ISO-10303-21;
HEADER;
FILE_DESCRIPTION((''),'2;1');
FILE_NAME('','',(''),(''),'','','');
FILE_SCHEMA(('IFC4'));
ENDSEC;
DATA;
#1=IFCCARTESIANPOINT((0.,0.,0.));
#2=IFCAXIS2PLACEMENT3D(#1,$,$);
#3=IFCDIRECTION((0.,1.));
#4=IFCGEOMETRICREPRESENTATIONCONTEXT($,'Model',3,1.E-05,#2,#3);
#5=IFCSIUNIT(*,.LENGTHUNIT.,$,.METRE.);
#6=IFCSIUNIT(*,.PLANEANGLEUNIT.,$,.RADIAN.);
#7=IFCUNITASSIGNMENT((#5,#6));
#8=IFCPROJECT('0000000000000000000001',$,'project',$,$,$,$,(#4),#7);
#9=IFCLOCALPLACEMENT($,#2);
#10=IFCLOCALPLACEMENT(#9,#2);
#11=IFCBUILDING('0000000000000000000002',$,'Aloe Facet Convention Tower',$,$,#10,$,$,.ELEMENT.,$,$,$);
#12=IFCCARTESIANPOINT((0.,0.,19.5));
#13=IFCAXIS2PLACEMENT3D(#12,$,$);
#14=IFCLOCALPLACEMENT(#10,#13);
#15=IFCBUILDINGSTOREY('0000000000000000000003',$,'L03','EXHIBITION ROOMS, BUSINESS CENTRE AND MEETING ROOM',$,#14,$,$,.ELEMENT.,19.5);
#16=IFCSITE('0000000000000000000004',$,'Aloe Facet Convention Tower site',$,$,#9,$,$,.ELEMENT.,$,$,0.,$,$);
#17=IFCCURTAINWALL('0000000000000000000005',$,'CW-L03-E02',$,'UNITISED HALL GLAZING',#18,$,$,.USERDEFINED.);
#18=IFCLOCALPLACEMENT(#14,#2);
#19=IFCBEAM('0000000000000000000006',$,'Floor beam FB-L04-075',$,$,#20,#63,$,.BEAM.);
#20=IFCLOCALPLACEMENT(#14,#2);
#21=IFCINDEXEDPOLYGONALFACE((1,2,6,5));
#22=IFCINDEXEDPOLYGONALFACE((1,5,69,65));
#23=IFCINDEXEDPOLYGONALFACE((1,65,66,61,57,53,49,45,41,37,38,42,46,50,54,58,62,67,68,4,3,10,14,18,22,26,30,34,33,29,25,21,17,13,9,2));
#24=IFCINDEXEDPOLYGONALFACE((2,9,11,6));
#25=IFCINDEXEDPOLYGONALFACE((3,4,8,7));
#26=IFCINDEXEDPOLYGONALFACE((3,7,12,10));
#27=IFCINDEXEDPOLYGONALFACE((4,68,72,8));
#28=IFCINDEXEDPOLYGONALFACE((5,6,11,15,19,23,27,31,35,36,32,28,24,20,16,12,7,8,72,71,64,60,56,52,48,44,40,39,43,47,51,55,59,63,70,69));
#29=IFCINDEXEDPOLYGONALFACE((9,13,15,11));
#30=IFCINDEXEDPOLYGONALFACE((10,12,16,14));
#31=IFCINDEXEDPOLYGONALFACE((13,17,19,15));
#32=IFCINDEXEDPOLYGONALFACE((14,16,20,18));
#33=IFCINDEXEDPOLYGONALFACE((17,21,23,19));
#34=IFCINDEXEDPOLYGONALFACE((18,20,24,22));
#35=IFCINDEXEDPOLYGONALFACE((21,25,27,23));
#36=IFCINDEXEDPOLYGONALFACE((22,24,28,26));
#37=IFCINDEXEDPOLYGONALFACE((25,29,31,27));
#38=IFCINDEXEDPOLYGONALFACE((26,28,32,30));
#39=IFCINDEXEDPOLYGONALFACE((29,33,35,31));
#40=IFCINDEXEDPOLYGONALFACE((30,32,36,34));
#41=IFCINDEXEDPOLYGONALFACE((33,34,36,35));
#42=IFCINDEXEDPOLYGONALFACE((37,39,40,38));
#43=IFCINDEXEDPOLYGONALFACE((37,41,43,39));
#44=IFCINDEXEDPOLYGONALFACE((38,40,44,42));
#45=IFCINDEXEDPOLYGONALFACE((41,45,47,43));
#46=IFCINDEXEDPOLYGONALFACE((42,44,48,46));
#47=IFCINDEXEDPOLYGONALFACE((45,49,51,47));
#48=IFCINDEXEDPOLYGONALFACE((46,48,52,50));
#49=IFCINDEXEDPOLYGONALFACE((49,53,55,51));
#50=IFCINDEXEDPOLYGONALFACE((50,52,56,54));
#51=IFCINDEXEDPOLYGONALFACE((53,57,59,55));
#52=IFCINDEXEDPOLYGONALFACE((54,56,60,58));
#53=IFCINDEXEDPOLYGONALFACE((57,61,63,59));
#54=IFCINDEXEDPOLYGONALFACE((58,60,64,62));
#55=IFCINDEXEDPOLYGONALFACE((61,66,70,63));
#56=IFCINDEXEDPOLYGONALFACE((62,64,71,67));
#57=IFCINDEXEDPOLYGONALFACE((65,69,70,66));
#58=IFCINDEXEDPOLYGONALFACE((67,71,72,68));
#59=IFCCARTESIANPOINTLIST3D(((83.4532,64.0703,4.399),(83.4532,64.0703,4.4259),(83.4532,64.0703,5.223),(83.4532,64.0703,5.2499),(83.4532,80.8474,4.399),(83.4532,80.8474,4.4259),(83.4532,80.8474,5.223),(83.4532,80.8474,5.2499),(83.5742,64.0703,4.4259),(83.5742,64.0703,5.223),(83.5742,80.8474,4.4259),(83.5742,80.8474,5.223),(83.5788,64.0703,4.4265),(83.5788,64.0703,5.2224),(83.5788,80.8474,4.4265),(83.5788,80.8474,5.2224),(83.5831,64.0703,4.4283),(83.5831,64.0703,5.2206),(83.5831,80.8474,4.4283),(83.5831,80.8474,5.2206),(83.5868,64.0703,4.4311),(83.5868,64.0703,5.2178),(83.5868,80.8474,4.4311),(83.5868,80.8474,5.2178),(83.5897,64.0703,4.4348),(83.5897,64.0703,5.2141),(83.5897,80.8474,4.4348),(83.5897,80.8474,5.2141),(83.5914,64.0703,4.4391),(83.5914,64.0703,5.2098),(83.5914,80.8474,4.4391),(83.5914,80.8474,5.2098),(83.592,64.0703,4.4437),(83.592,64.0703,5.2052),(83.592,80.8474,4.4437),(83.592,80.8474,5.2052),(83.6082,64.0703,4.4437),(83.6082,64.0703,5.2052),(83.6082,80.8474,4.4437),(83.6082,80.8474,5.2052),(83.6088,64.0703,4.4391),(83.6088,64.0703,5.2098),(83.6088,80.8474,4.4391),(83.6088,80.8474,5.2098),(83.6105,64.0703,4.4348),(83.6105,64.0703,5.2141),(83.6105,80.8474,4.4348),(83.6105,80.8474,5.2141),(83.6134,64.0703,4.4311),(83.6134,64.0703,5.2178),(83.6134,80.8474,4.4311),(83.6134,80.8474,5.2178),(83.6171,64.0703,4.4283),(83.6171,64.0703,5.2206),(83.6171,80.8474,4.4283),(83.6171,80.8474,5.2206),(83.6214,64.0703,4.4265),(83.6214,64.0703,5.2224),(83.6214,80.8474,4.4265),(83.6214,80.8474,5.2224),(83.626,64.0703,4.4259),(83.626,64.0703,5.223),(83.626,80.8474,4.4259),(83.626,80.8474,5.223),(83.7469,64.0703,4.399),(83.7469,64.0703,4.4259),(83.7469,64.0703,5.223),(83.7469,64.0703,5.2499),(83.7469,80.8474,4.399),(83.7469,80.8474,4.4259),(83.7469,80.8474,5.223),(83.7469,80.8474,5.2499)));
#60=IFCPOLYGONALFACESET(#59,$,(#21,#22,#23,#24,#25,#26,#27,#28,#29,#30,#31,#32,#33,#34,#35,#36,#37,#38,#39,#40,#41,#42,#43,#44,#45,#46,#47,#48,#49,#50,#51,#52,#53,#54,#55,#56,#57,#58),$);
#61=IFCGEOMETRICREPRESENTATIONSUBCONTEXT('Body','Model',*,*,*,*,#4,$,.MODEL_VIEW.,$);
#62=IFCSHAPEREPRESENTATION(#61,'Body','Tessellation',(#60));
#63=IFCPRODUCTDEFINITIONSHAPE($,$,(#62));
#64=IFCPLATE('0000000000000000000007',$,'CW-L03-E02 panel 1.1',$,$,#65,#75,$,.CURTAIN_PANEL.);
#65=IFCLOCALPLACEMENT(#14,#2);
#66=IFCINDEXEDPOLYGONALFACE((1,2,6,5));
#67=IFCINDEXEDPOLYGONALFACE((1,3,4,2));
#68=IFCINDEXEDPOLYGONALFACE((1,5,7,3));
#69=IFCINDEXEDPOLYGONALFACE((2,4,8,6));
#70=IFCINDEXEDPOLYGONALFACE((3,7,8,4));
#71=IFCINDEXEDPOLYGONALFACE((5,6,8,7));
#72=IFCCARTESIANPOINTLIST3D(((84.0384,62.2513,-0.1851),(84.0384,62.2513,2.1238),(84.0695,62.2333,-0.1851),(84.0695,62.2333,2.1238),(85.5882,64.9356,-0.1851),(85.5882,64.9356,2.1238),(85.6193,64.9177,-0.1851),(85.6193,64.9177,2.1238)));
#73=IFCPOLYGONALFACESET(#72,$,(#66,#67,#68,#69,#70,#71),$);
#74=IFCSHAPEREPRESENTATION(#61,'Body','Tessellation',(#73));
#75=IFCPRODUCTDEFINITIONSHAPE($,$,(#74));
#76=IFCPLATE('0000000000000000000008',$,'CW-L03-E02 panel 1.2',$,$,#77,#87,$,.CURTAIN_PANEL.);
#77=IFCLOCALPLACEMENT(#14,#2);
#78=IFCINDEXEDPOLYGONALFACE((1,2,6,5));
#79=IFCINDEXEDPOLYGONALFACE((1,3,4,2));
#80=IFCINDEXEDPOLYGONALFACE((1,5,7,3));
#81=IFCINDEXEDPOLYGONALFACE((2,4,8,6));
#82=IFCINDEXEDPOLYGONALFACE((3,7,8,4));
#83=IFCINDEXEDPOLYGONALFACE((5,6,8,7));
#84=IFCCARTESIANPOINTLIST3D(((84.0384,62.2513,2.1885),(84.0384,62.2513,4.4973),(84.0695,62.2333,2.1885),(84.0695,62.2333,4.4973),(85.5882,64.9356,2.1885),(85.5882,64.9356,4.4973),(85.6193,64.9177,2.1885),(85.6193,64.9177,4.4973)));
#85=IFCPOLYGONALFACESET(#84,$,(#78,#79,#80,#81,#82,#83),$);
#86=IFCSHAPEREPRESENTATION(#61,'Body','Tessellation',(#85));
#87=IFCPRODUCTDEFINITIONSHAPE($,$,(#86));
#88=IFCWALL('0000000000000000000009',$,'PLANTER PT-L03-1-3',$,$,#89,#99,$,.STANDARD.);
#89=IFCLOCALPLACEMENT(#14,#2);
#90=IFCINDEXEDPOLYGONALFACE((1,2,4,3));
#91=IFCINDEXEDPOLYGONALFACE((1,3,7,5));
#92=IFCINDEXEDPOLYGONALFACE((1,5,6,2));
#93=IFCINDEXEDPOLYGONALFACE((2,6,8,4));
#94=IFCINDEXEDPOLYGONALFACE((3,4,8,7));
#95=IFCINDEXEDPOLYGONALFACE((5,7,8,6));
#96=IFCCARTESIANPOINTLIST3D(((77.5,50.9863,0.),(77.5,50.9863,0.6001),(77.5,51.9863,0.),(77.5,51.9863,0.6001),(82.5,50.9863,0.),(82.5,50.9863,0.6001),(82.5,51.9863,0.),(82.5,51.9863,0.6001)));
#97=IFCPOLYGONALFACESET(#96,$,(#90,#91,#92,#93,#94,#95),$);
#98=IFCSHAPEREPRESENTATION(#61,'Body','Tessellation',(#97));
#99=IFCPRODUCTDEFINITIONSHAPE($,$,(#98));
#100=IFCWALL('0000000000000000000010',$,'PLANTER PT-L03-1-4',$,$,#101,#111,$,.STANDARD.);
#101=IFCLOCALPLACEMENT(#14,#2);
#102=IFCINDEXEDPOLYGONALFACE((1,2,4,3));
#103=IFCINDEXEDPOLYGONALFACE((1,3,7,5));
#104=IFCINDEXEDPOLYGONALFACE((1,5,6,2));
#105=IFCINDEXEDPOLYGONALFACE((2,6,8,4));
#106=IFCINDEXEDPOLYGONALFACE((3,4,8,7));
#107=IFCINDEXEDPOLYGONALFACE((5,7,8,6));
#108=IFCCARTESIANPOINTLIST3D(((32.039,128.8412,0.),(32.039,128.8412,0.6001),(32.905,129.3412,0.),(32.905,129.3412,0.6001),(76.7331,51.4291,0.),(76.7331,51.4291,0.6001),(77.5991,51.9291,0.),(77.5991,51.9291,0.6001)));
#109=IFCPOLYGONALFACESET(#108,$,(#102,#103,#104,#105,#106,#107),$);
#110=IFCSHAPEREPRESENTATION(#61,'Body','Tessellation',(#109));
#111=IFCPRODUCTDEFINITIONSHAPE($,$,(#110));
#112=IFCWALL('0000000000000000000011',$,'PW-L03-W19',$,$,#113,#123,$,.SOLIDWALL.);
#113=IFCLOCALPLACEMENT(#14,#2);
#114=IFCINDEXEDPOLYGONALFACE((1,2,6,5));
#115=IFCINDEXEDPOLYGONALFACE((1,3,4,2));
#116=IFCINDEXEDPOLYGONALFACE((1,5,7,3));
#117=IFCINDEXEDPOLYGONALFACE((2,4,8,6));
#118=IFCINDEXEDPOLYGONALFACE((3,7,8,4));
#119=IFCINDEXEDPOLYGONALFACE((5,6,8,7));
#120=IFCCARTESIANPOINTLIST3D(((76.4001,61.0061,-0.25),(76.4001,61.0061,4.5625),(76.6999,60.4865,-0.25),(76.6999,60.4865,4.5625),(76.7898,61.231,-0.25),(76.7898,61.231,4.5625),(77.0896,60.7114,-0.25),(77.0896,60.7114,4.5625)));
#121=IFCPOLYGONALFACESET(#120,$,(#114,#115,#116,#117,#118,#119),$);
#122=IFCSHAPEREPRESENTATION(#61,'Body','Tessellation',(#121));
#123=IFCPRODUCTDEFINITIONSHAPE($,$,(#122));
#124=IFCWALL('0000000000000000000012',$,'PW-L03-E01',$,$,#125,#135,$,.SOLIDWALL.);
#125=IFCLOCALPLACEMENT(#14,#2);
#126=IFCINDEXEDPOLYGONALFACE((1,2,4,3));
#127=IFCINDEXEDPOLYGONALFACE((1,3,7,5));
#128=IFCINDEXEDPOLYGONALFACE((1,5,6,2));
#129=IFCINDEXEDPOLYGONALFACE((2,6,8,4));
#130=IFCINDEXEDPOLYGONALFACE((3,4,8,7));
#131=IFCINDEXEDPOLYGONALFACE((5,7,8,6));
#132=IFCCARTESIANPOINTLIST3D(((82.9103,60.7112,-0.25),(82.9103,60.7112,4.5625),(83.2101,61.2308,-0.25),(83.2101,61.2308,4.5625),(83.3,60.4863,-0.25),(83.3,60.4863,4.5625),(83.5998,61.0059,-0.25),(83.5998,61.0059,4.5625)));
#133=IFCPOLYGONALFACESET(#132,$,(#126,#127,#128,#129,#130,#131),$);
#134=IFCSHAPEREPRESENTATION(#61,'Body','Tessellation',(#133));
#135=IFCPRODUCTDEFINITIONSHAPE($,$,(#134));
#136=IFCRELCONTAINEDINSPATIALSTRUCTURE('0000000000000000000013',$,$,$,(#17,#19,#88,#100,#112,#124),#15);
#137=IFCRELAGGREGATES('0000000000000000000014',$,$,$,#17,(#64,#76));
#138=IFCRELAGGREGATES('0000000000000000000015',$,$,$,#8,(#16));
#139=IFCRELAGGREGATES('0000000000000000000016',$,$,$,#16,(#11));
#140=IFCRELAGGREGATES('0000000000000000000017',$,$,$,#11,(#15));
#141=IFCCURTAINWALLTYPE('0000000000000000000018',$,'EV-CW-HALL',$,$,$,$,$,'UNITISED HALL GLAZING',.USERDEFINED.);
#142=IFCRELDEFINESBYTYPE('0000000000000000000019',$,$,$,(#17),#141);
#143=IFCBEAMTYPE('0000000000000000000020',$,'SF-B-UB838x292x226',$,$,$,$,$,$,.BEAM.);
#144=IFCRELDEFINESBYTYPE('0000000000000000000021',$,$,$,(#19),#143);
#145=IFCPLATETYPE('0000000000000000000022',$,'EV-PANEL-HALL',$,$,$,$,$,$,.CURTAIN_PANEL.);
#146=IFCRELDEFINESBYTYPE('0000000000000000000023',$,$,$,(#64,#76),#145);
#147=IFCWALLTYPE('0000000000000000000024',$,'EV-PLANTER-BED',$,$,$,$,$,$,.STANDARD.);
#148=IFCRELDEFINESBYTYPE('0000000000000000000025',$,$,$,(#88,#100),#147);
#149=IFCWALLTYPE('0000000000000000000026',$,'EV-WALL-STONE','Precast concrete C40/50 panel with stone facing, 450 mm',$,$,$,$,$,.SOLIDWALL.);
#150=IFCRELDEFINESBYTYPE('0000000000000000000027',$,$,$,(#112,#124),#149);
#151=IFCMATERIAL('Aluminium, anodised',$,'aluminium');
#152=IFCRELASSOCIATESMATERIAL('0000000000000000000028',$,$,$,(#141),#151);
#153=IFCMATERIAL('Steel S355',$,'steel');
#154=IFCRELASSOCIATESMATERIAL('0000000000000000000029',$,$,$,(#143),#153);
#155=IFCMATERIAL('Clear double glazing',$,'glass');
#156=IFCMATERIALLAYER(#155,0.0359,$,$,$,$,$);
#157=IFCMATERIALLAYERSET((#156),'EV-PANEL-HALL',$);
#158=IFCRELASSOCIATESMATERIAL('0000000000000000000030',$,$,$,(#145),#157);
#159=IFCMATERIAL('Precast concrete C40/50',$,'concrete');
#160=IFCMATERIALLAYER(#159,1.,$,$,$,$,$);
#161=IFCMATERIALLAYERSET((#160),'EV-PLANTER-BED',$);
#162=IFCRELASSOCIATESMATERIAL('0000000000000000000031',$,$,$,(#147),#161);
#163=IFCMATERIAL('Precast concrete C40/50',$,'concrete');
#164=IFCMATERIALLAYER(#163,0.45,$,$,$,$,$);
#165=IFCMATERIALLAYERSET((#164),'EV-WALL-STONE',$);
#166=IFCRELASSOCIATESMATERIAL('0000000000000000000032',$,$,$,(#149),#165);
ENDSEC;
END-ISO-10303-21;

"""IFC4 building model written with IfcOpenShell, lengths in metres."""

from ifc_helpers import new_model, si_unit, direction, frame, frame_2d, origin, origin_2d, place, context, subcontext, project, spatial, rectangle, i_section, extrude, material, layer, layer_set, material_profile, profile_set, type_object, element, aggregate, save


model = new_model("IFC4")

# Units and contexts
model_context = context("Model", 3, precision=1e-05, world=origin(), true_north=direction((0.0, 1.0)))
body_context = subcontext(model_context, "Body", "Model", "MODEL_VIEW")
ifc_project = project(units=[si_unit("LENGTHUNIT", "METRE"), si_unit("PLANEANGLEUNIT", "RADIAN")], contexts=[model_context])

# Site, building, storey
site_placement = place(None, origin())
site = spatial("IfcSite", under=ifc_project, at=site_placement, Name="Aloe Facet Convention Tower site", CompositionType="ELEMENT", RefElevation=0.0)
building_placement = place(site_placement, origin())
building = spatial("IfcBuilding", under=site, at=building_placement, Name="Aloe Facet Convention Tower", CompositionType="ELEMENT")
storey_placement = place(building_placement, frame((0.0, 0.0, 19.5)))
storey = spatial("IfcBuildingStorey", under=building, at=storey_placement, Name="L03", Description="EXHIBITION ROOMS, BUSINESS CENTRE AND MEETING ROOM", CompositionType="ELEMENT", Elevation=19.5)

# Curtain wall
ifc_material_1 = material(Name="Aluminium, anodised", Category="aluminium")
curtain_wall_type = type_object("IfcCurtainWallType", Name="EV-CW-HALL", ElementType="UNITISED HALL GLAZING", PredefinedType="USERDEFINED", material=ifc_material_1)
curtain_wall_placement = place(storey_placement, origin())
curtain_wall = element("IfcCurtainWall", 1, at=curtain_wall_placement, inside=storey, type_object=curtain_wall_type, Name="CW-L03-E02", ObjectType="UNITISED HALL GLAZING", PredefinedType="USERDEFINED")

# Beam
ifc_material_2 = material(Name="Steel S355", Category="steel")
ifc_material_profile_1 = material_profile(ifc_material_2, i_section(OverallWidth=0.2937, OverallDepth=0.8508, WebThickness=0.0161, FlangeThickness=0.0269, FilletRadius=0.0178, at=origin_2d()), Name="UB 838x292x226")
ifc_profile_set_1 = profile_set([ifc_material_profile_1], Name="Steel S355")
beam_type_1 = type_object("IfcBeamType", Name="SF-B-UB838x292x226", PredefinedType="BEAM", material=ifc_profile_set_1)
beam_1_placement = place(storey_placement, frame((83.6001, 64.0703, 4.8245), z_axis=(0.0, 1.0, 0.0), x_axis=(-1.0, 0.0, 0.0)))
element("IfcBeam", 2, at=beam_1_placement, inside=storey, type_object=beam_type_1, Name="Floor beam FB-L04-075", PredefinedType="BEAM", context=body_context, shape_type="SweptSolid", body=[
    extrude(i_section(OverallWidth=0.2937, OverallDepth=0.8508, WebThickness=0.0161, FlangeThickness=0.0269, FilletRadius=0.0178, at=origin_2d()), origin(), (0.0, 0.0, 1.0), 16.7771),
])

# Plates
ifc_material_3 = material(Name="Clear double glazing", Category="glass")
ifc_layer_1 = layer(ifc_material_3, 0.0359)
ifc_layer_set_1 = layer_set([ifc_layer_1], Name="EV-PANEL-HALL")
plate_type = type_object("IfcPlateType", Name="EV-PANEL-HALL", PredefinedType="CURTAIN_PANEL", material=ifc_layer_set_1)
plate_1_placement = place(storey_placement, frame((84.8289, 63.5845, -0.1851), z_axis=(0.0, 0.0, 1.0), x_axis=(0.5, 0.866025, 0.0)))
plate_1 = element("IfcPlate", 3, at=plate_1_placement, type_object=plate_type, Name="CW-L03-E02 panel 1.1", PredefinedType="CURTAIN_PANEL", context=body_context, shape_type="SweptSolid", body=[
    extrude(rectangle(XDim=3.0996, YDim=0.0359, at=origin_2d()), origin(), (0.0, 0.0, 1.0), 2.3088),
])
plate_2_placement = place(storey_placement, frame((84.8289, 63.5845, 2.1885), z_axis=(0.0, 0.0, 1.0), x_axis=(0.5, 0.866025, 0.0)))
plate_2 = element("IfcPlate", 4, at=plate_2_placement, type_object=plate_type, Name="CW-L03-E02 panel 1.2", PredefinedType="CURTAIN_PANEL", context=body_context, shape_type="SweptSolid", body=[
    extrude(rectangle(XDim=3.0996, YDim=0.0359, at=origin_2d()), origin(), (0.0, 0.0, 1.0), 2.3088),
])
aggregate(curtain_wall, [plate_1, plate_2])

# Walls
ifc_material_4 = material(Name="Precast concrete C40/50", Category="concrete")
ifc_layer_2 = layer(ifc_material_4, 1.0)
ifc_layer_set_2 = layer_set([ifc_layer_2], Name="EV-PLANTER-BED")
wall_type_1 = type_object("IfcWallType", Name="EV-PLANTER-BED", PredefinedType="STANDARD", material=ifc_layer_set_2)
wall_1_placement = place(storey_placement, frame((82.5, 51.4863, 0.0), z_axis=(0.0, 0.0, 1.0), x_axis=(-1.0, 0.0, 0.0)))
element("IfcWall", 5, at=wall_1_placement, inside=storey, type_object=wall_type_1, Name="PLANTER PT-L03-1-3", PredefinedType="STANDARD", context=body_context, shape_type="SweptSolid", body=[
    extrude(rectangle(XDim=5.0, YDim=1.0, at=frame_2d((2.5, 0.0))), origin(), (0.0, 0.0, 1.0), 0.6001),
])
wall_2_placement = place(storey_placement, frame((77.166, 51.6792, 0.0), z_axis=(0.0, 0.0, 1.0), x_axis=(-0.500002, 0.866024, 0.0)))
element("IfcWall", 6, at=wall_2_placement, inside=storey, type_object=wall_type_1, Name="PLANTER PT-L03-1-4", PredefinedType="STANDARD", context=body_context, shape_type="SweptSolid", body=[
    extrude(rectangle(XDim=89.3879, YDim=1.0, at=frame_2d((44.6938, 0.0))), origin(), (0.0, 0.0, 1.0), 0.6001),
])
ifc_material_5 = material(Name="Precast concrete C40/50", Category="concrete")
ifc_layer_3 = layer(ifc_material_5, 0.45)
ifc_layer_set_3 = layer_set([ifc_layer_3], Name="EV-WALL-STONE")
wall_type_2 = type_object("IfcWallType", Name="EV-WALL-STONE", Description="Precast concrete C40/50 panel with stone facing, 450 mm", PredefinedType="SOLIDWALL", material=ifc_layer_set_3)
for number, where, z_axis, x_axis, name in (
    (7, (76.595, 61.1184, -0.25), (0.0, 0.0, 1.0), (0.499816, -0.866131, 0.0), "PW-L03-W19"),
    (8, (83.1052, 60.5989, -0.25), (0.0, 0.0, 1.0), (0.499816, 0.866131, 0.0), "PW-L03-E01"),
):
    element("IfcWall", number, at=place(storey_placement, frame(where, z_axis=z_axis, x_axis=x_axis)), inside=storey, type_object=wall_type_2, Name=name, PredefinedType="SOLIDWALL", context=body_context, shape_type="SweptSolid", body=[
        extrude(rectangle(XDim=0.5999, YDim=0.45, at=frame_2d((0.2998, 0.0))), origin(), (0.0, 0.0, 1.0), 4.8125),
    ])

save(model, "model.ifc")
